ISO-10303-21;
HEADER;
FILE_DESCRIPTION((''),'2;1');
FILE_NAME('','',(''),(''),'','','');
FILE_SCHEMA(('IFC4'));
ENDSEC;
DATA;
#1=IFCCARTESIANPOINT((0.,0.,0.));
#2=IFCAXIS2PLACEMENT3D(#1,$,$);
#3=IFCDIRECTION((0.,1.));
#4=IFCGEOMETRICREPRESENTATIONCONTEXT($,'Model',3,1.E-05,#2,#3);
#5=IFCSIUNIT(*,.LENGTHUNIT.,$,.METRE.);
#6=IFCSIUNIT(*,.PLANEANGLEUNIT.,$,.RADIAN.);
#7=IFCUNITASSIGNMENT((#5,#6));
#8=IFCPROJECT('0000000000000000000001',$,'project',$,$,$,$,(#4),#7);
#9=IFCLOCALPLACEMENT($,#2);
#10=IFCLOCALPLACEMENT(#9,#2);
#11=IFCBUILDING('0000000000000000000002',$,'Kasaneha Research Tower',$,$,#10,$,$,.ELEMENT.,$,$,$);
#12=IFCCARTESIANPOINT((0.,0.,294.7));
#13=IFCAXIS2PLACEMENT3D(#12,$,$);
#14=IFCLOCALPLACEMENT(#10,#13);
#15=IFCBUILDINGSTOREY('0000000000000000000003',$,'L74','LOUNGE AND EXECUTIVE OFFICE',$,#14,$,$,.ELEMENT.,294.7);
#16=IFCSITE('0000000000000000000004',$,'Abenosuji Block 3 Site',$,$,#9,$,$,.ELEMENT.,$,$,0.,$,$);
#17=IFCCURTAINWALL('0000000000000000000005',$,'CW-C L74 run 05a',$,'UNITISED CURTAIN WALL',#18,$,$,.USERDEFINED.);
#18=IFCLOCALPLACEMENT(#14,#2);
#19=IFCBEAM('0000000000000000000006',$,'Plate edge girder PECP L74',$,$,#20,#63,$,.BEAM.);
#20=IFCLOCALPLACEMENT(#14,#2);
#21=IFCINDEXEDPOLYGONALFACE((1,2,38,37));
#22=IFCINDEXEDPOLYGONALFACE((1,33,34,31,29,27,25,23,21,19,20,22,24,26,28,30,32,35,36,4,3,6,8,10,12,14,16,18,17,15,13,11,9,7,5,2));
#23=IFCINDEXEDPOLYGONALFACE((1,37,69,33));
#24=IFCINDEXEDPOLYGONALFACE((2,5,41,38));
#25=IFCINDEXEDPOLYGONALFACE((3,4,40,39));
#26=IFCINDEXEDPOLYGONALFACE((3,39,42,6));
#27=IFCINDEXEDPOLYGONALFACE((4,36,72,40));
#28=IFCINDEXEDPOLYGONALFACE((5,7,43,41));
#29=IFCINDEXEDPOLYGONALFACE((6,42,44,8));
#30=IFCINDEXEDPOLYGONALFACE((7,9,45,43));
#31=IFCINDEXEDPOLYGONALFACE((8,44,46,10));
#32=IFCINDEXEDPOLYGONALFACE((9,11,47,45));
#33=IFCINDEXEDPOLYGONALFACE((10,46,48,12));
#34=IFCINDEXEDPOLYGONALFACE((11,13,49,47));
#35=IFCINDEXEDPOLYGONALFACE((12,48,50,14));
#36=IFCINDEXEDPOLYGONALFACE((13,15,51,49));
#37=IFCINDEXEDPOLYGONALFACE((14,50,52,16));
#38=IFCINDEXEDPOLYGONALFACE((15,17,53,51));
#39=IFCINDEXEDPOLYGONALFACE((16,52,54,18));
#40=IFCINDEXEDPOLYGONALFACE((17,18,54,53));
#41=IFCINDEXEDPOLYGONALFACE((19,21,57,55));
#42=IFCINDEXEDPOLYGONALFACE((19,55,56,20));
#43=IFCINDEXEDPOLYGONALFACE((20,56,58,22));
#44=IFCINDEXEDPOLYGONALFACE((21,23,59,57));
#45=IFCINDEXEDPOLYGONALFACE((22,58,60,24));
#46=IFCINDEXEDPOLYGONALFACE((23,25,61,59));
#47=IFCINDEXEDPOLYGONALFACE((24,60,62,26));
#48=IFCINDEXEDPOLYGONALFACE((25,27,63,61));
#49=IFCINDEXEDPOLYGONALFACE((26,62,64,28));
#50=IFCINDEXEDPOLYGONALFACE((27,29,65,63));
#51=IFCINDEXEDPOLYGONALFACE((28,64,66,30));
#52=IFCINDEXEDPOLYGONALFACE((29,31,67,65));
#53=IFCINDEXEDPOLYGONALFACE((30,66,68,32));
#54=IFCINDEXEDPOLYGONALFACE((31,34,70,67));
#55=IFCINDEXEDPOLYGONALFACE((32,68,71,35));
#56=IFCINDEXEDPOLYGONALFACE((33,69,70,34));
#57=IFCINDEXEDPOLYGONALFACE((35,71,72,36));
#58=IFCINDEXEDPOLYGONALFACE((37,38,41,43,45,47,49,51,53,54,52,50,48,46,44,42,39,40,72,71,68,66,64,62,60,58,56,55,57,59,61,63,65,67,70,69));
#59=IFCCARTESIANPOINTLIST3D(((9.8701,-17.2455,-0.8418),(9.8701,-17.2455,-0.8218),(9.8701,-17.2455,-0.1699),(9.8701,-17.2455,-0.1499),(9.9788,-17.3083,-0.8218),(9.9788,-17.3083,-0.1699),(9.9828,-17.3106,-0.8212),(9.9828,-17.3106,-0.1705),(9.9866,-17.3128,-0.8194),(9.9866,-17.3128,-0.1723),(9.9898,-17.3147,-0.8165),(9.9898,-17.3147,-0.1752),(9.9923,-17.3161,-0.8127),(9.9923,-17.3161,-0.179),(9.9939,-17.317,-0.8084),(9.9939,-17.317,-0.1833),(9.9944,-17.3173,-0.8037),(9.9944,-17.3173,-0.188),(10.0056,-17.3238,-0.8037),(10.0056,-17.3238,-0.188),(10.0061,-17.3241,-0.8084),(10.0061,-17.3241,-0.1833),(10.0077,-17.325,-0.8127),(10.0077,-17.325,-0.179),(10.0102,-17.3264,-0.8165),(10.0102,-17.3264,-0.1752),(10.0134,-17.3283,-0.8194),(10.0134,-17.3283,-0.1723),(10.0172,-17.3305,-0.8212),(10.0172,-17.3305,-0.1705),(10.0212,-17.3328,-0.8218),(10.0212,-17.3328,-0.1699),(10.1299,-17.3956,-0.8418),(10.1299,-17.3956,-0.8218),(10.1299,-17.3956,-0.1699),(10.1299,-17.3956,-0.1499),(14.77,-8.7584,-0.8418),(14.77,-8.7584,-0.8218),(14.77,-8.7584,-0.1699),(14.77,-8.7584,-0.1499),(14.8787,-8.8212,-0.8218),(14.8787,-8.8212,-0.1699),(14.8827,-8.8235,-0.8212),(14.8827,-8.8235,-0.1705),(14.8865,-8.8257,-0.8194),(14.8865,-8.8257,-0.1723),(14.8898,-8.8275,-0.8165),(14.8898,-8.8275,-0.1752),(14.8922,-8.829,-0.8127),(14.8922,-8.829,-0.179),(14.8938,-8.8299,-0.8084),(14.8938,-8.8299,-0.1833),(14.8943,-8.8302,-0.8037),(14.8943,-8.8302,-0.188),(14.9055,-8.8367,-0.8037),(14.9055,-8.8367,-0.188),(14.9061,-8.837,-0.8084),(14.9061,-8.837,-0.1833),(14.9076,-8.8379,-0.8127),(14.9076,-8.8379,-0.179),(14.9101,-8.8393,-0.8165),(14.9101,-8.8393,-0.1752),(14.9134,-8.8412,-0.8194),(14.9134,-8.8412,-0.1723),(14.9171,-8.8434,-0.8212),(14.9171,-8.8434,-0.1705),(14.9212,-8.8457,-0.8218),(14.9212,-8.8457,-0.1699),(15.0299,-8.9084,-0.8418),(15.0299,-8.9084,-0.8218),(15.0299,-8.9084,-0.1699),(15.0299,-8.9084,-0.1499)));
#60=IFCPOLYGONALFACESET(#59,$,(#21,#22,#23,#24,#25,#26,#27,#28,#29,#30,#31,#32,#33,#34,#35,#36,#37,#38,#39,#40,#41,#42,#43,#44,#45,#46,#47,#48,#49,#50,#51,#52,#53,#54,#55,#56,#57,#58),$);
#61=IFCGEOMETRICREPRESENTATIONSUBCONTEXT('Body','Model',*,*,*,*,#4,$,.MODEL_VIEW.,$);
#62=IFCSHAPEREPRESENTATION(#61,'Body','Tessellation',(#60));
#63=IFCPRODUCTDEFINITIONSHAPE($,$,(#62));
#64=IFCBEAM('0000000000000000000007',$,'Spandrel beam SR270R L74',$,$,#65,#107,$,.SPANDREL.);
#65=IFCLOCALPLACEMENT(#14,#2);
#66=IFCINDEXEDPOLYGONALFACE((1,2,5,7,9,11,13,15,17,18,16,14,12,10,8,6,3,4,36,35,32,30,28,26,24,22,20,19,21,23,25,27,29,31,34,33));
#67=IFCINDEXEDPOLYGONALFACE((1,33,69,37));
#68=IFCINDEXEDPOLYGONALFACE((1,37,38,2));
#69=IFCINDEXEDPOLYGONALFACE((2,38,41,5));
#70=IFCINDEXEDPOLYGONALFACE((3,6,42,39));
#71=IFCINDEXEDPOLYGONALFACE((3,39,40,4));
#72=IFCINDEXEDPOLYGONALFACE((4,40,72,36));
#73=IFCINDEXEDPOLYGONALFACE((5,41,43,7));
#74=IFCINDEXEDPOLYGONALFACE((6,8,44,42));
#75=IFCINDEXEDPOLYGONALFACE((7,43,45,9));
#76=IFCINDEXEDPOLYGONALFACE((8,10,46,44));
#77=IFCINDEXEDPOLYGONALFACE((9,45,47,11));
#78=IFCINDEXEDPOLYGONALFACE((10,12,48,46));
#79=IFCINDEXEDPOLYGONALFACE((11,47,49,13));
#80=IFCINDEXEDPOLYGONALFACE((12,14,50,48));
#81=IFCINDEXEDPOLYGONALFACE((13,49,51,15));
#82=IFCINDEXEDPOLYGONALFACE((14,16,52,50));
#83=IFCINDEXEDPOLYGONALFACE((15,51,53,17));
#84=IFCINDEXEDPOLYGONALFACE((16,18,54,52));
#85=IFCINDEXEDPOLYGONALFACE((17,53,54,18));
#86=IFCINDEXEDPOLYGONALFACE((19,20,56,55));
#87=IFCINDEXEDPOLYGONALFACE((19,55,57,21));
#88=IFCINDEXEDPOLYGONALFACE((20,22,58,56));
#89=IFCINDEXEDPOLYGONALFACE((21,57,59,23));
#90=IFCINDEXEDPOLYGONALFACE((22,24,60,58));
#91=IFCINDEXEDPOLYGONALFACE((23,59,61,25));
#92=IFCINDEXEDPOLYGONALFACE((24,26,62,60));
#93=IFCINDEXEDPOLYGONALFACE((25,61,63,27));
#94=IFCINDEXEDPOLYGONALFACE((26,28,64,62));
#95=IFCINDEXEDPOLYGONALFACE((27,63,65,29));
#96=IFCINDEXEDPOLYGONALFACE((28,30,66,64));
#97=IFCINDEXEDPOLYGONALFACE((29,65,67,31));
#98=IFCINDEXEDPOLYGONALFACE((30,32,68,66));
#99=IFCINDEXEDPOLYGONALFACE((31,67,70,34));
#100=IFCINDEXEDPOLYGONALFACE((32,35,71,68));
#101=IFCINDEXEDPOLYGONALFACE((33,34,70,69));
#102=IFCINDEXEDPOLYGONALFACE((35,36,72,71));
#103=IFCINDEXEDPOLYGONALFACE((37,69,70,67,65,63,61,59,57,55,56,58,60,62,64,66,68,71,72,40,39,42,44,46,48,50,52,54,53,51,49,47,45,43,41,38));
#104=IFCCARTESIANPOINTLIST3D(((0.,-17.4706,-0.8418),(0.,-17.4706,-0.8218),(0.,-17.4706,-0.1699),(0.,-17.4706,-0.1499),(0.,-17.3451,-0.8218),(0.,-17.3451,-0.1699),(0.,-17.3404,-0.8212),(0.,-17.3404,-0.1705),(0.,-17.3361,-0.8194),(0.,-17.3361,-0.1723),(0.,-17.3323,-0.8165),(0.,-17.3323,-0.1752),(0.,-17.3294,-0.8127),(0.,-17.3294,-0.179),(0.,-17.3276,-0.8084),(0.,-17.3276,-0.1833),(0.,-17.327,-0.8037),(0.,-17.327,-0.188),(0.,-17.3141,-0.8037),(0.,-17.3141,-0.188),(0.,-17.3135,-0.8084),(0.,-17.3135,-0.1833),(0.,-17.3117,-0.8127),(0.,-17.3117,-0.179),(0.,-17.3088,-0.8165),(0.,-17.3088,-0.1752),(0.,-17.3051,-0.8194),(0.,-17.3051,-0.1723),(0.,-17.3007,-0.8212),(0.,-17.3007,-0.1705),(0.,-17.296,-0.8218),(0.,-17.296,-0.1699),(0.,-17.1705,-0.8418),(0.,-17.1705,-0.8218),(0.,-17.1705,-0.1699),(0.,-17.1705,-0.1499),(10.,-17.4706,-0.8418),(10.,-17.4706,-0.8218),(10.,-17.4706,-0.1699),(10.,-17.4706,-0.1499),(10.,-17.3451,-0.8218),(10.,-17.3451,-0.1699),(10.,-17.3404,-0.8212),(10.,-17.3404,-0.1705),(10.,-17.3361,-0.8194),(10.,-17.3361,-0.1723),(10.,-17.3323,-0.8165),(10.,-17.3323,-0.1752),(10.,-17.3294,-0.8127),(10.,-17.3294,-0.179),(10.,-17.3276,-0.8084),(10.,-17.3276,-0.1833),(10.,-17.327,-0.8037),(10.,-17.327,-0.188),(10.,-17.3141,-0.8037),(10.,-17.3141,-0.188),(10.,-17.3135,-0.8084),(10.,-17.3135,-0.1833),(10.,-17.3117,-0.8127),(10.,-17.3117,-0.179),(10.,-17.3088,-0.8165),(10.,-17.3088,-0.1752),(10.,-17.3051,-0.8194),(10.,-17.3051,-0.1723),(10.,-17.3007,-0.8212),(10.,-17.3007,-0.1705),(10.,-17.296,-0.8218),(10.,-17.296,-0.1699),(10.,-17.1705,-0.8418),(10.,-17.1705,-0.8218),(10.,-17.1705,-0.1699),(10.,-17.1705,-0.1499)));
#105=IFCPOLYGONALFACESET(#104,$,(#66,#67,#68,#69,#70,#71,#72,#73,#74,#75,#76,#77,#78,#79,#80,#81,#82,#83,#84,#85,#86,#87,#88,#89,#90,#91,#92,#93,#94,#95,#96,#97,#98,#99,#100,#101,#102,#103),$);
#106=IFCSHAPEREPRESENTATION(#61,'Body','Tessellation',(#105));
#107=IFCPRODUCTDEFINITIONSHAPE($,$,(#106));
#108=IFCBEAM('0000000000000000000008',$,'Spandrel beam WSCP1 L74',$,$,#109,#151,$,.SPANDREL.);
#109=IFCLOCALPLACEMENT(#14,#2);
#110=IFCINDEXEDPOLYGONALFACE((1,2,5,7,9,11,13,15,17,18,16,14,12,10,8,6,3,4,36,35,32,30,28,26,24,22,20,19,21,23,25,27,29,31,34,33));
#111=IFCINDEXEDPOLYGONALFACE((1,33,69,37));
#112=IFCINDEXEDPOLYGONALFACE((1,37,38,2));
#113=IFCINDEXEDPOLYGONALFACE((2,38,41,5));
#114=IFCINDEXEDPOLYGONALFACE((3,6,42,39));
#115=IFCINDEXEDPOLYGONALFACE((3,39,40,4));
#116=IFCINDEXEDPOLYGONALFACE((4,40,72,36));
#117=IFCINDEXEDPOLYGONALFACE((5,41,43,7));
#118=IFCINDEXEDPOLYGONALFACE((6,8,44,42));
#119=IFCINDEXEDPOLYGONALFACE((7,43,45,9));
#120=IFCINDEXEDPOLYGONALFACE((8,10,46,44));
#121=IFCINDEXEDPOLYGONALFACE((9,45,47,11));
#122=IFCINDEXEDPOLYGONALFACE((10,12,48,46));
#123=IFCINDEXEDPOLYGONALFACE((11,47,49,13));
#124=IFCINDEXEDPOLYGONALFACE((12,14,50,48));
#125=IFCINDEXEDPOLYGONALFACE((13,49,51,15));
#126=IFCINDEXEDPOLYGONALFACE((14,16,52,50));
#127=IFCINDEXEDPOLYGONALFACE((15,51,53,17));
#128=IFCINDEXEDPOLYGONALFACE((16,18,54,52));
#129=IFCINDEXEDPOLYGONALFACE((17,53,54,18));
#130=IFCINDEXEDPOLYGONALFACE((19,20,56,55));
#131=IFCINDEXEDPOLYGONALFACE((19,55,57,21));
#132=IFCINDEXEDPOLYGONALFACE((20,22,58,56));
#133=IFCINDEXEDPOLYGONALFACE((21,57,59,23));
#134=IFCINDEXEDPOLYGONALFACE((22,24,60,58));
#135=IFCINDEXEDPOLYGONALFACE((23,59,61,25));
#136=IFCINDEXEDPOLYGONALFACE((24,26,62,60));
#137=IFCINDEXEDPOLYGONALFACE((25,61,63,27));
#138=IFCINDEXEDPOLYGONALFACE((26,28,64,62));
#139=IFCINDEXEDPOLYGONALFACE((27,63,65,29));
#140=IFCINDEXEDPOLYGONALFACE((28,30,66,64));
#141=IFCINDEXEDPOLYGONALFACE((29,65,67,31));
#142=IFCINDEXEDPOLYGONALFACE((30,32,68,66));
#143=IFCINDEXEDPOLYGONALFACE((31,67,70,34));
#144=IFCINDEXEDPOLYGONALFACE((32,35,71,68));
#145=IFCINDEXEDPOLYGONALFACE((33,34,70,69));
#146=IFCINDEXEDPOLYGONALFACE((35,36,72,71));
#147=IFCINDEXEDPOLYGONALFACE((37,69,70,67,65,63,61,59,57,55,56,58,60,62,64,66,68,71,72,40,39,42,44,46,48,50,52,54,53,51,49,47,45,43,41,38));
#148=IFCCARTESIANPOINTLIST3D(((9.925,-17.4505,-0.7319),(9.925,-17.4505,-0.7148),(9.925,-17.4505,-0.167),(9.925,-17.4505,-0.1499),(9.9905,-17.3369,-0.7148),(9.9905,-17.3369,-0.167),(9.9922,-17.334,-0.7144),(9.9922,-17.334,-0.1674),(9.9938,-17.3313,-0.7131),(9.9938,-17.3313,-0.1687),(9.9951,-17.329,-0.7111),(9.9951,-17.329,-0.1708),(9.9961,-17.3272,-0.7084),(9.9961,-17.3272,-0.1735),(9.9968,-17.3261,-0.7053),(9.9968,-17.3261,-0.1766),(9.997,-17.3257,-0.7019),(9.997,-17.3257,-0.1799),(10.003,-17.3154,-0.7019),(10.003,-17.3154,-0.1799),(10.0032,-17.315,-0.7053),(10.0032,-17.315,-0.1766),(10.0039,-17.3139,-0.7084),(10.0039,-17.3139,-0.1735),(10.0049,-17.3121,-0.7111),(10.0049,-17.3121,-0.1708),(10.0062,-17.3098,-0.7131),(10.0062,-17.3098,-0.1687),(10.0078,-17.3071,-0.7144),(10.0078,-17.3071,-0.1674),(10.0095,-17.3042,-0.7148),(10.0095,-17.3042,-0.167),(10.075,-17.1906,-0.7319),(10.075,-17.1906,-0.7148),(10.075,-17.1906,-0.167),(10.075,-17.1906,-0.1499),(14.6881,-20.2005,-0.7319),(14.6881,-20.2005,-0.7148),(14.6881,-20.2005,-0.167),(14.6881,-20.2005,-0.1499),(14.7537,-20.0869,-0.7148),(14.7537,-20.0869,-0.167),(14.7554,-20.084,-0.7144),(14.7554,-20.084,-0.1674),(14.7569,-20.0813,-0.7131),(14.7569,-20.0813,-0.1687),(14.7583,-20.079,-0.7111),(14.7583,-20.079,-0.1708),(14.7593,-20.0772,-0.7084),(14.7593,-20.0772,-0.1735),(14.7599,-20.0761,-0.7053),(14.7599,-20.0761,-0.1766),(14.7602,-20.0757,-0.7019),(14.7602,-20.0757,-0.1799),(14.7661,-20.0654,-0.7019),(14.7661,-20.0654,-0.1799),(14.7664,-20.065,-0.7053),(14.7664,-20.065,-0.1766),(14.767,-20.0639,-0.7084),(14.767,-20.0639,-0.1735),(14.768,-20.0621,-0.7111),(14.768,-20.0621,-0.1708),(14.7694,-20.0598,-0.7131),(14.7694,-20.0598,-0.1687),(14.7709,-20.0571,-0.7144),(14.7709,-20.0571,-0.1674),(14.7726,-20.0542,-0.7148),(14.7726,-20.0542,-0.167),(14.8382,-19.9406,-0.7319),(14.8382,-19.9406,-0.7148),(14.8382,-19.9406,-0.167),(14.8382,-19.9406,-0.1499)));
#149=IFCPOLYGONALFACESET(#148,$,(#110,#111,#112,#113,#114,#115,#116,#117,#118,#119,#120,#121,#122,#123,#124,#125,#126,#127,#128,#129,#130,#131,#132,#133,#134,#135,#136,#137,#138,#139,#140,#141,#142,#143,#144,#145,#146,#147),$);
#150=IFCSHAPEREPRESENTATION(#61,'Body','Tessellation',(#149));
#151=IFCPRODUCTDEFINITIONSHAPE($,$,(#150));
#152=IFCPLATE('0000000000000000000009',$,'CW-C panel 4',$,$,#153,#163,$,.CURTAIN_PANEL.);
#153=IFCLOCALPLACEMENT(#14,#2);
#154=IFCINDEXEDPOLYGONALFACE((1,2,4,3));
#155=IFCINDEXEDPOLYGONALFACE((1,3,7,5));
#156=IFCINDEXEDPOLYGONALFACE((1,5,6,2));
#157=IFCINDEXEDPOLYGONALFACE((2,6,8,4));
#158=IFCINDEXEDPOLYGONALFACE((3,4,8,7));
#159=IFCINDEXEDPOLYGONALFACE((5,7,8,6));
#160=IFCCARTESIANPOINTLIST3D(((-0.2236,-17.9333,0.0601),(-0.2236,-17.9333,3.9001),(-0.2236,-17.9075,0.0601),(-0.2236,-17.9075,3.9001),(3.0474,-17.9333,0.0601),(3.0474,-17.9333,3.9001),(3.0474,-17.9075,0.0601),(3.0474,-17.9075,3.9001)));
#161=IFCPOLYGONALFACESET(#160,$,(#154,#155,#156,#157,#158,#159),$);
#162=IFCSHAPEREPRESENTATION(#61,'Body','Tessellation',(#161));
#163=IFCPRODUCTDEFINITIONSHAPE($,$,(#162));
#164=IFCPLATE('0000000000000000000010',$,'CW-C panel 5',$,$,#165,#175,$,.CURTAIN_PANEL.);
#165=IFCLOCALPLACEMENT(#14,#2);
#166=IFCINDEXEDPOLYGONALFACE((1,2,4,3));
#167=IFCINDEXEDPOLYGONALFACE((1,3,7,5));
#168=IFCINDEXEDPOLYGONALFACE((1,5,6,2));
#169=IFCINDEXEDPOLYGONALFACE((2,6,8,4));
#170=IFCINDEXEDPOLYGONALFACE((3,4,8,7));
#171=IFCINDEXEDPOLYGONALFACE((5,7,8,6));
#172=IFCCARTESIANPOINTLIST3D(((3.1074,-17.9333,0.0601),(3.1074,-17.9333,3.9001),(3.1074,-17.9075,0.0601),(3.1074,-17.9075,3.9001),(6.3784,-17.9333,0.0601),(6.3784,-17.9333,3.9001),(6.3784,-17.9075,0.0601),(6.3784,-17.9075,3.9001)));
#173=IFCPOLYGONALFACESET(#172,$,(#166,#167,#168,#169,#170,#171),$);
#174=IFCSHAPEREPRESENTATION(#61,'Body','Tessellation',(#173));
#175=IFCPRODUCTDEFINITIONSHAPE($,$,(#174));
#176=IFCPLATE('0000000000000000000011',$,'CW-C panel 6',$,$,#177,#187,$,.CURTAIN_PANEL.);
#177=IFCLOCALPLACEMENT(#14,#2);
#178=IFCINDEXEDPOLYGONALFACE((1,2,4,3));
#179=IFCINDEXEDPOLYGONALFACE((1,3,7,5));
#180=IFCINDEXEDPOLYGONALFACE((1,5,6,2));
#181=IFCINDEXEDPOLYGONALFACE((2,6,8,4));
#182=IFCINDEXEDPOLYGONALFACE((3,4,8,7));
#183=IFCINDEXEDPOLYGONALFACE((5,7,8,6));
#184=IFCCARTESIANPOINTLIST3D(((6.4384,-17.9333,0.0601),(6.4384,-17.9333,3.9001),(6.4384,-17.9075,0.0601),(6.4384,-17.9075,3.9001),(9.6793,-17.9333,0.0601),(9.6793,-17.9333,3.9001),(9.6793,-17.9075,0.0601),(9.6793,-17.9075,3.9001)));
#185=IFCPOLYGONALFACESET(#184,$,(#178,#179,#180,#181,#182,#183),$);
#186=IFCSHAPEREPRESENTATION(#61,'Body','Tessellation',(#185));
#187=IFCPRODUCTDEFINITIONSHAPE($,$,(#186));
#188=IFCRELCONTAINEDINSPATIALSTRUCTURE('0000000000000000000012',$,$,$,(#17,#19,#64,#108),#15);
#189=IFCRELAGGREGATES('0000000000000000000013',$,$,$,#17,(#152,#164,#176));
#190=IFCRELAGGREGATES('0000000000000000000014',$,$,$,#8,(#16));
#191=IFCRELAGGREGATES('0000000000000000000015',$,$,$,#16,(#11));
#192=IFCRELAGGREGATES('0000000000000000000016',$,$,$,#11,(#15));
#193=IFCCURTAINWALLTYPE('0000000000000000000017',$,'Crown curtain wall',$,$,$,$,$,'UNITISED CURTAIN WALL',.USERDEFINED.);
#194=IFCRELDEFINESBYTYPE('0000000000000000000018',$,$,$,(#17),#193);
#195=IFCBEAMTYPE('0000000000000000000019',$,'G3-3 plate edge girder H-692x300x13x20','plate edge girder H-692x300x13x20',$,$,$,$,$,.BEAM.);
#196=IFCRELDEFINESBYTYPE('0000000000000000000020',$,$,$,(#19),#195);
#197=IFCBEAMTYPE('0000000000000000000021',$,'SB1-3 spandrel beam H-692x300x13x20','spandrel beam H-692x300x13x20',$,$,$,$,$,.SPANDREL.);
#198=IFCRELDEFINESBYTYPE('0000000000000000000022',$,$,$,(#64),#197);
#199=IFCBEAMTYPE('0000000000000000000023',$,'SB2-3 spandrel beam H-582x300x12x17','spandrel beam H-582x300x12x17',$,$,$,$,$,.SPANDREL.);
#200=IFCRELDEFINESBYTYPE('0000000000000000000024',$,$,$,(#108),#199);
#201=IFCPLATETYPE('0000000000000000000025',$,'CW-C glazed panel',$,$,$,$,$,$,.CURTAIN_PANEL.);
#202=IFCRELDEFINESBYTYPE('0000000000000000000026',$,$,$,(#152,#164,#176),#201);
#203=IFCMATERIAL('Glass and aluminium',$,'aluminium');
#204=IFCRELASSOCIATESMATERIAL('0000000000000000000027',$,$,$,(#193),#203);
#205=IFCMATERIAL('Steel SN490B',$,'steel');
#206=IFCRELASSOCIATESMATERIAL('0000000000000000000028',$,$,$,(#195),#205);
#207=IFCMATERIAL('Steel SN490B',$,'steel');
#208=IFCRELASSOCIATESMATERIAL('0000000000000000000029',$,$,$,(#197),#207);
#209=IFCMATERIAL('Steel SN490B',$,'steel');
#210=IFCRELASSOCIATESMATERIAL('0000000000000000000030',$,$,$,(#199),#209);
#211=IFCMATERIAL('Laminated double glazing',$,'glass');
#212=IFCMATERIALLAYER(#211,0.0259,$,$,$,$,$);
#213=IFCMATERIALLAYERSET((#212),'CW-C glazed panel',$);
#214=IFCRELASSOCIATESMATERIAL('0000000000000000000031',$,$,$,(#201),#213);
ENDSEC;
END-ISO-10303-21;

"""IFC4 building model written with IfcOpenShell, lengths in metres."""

from ifc_helpers import new_model, si_unit, direction, frame, origin, origin_2d, place, context, subcontext, project, spatial, rectangle, i_section, extrude, material, layer, layer_set, material_profile, profile_set, type_object, element, aggregate, save


model = new_model("IFC4")

# Units and contexts
model_context = context("Model", 3, precision=1e-05, world=origin(), true_north=direction((0.0, 1.0)))
body_context = subcontext(model_context, "Body", "Model", "MODEL_VIEW")
ifc_project = project(units=[si_unit("LENGTHUNIT", "METRE"), si_unit("PLANEANGLEUNIT", "RADIAN")], contexts=[model_context])

# Site, building, storey
site_placement = place(None, origin())
site = spatial("IfcSite", under=ifc_project, at=site_placement, Name="Abenosuji Block 3 Site", CompositionType="ELEMENT", RefElevation=0.0)
building_placement = place(site_placement, origin())
building = spatial("IfcBuilding", under=site, at=building_placement, Name="Kasaneha Research Tower", CompositionType="ELEMENT")
storey_placement = place(building_placement, frame((0.0, 0.0, 294.7)))
storey = spatial("IfcBuildingStorey", under=building, at=storey_placement, Name="L74", Description="LOUNGE AND EXECUTIVE OFFICE", CompositionType="ELEMENT", Elevation=294.7)

# Curtain wall
ifc_material_1 = material(Name="Glass and aluminium", Category="aluminium")
curtain_wall_type = type_object("IfcCurtainWallType", Name="Crown curtain wall", ElementType="UNITISED CURTAIN WALL", PredefinedType="USERDEFINED", material=ifc_material_1)
curtain_wall_1_placement = place(storey_placement, origin())
curtain_wall_1 = element("IfcCurtainWall", 1, at=curtain_wall_1_placement, inside=storey, type_object=curtain_wall_type, Name="CW-C L74 run 05a", ObjectType="UNITISED CURTAIN WALL", PredefinedType="USERDEFINED")

# Beams
ifc_material_2 = material(Name="Steel SN490B", Category="steel")
ifc_material_profile_1 = material_profile(ifc_material_2, i_section(OverallWidth=0.3, OverallDepth=0.6919, WebThickness=0.0129, FlangeThickness=0.02, FilletRadius=0.0181, at=origin_2d()), Name="H-692x300x13x20")
ifc_profile_set_1 = profile_set([ifc_material_profile_1], Name="Steel SN490B")
beam_type_1 = type_object("IfcBeamType", Name="G3-3 plate edge girder H-692x300x13x20", Description="plate edge girder H-692x300x13x20", PredefinedType="BEAM", material=ifc_profile_set_1)
beam_1_placement = place(storey_placement, frame((10.0, -17.3206, -0.4958), z_axis=(0.499992, 0.86603, 0.0), x_axis=(-0.86603, 0.499992, 0.0)))
element("IfcBeam", 2, at=beam_1_placement, inside=storey, type_object=beam_type_1, Name="Plate edge girder PECP L74", PredefinedType="BEAM", context=body_context, shape_type="SweptSolid", body=[
    extrude(i_section(OverallWidth=0.3, OverallDepth=0.6919, WebThickness=0.0129, FlangeThickness=0.02, FilletRadius=0.0181, at=origin_2d()), origin(), (0.0, 0.0, 1.0), 9.8),
])
ifc_material_3 = material(Name="Steel SN490B", Category="steel")
ifc_material_profile_2 = material_profile(ifc_material_3, i_section(OverallWidth=0.3, OverallDepth=0.6919, WebThickness=0.0129, FlangeThickness=0.02, FilletRadius=0.0181, at=origin_2d()), Name="H-692x300x13x20")
ifc_profile_set_2 = profile_set([ifc_material_profile_2], Name="Steel SN490B")
beam_type_2 = type_object("IfcBeamType", Name="SB1-3 spandrel beam H-692x300x13x20", Description="spandrel beam H-692x300x13x20", PredefinedType="SPANDREL", material=ifc_profile_set_2)
beam_2_placement = place(storey_placement, frame((10.0, -17.3206, -0.4958), z_axis=(-1.0, 0.0, 0.0), x_axis=(0.0, -1.0, 0.0)))
element("IfcBeam", 3, at=beam_2_placement, inside=storey, type_object=beam_type_2, Name="Spandrel beam SR270R L74", PredefinedType="SPANDREL", context=body_context, shape_type="SweptSolid", body=[
    extrude(i_section(OverallWidth=0.3, OverallDepth=0.6919, WebThickness=0.0129, FlangeThickness=0.02, FilletRadius=0.0181, at=origin_2d()), origin(), (0.0, 0.0, 1.0), 10.0),
])
ifc_material_4 = material(Name="Steel SN490B", Category="steel")
ifc_material_profile_3 = material_profile(ifc_material_4, i_section(OverallWidth=0.3, OverallDepth=0.582, WebThickness=0.012, FlangeThickness=0.0171, FilletRadius=0.0129, at=origin_2d()), Name="H-582x300x12x17")
ifc_profile_set_3 = profile_set([ifc_material_profile_3], Name="Steel SN490B")
beam_type_3 = type_object("IfcBeamType", Name="SB2-3 spandrel beam H-582x300x12x17", Description="spandrel beam H-582x300x12x17", PredefinedType="SPANDREL", material=ifc_profile_set_3)
beam_3_placement = place(storey_placement, frame((10.0, -17.3206, -0.4409), z_axis=(0.866027, -0.499997, 0.0), x_axis=(0.499997, 0.866027, 0.0)))
element("IfcBeam", 4, at=beam_3_placement, inside=storey, type_object=beam_type_3, Name="Spandrel beam WSCP1 L74", PredefinedType="SPANDREL", context=body_context, shape_type="SweptSolid", body=[
    extrude(i_section(OverallWidth=0.3, OverallDepth=0.582, WebThickness=0.012, FlangeThickness=0.0171, FilletRadius=0.0129, at=origin_2d()), origin(), (0.0, 0.0, 1.0), 5.5),
])

# Plates
ifc_material_5 = material(Name="Laminated double glazing", Category="glass")
ifc_layer_1 = layer(ifc_material_5, 0.0259)
ifc_layer_set_1 = layer_set([ifc_layer_1], Name="CW-C glazed panel")
plate_type = type_object("IfcPlateType", Name="CW-C glazed panel", PredefinedType="CURTAIN_PANEL", material=ifc_layer_set_1)
plate_1_placement = place(storey_placement, frame((1.4119, -17.9204, 0.0601), z_axis=(0.0, 0.0, 1.0), x_axis=(1.0, 0.0, 0.0)))
plate_1 = element("IfcPlate", 5, at=plate_1_placement, type_object=plate_type, Name="CW-C panel 4", PredefinedType="CURTAIN_PANEL", context=body_context, shape_type="SweptSolid", body=[
    extrude(rectangle(XDim=3.271, YDim=0.0259, at=origin_2d()), origin(), (0.0, 0.0, 1.0), 3.8401),
])
plate_2_placement = place(storey_placement, frame((4.7429, -17.9204, 0.0601), z_axis=(0.0, 0.0, 1.0), x_axis=(1.0, 0.0, 0.0)))
plate_2 = element("IfcPlate", 6, at=plate_2_placement, type_object=plate_type, Name="CW-C panel 5", PredefinedType="CURTAIN_PANEL", context=body_context, shape_type="SweptSolid", body=[
    extrude(rectangle(XDim=3.271, YDim=0.0259, at=origin_2d()), origin(), (0.0, 0.0, 1.0), 3.8401),
])
plate_3_placement = place(storey_placement, frame((8.0588, -17.9204, 0.0601), z_axis=(0.0, 0.0, 1.0), x_axis=(1.0, 0.0, 0.0)))
plate_3 = element("IfcPlate", 7, at=plate_3_placement, type_object=plate_type, Name="CW-C panel 6", PredefinedType="CURTAIN_PANEL", context=body_context, shape_type="SweptSolid", body=[
    extrude(rectangle(XDim=3.241, YDim=0.0259, at=origin_2d()), origin(), (0.0, 0.0, 1.0), 3.8401),
])
aggregate(curtain_wall_1, [plate_1, plate_2, plate_3])

save(model, "model.ifc")
